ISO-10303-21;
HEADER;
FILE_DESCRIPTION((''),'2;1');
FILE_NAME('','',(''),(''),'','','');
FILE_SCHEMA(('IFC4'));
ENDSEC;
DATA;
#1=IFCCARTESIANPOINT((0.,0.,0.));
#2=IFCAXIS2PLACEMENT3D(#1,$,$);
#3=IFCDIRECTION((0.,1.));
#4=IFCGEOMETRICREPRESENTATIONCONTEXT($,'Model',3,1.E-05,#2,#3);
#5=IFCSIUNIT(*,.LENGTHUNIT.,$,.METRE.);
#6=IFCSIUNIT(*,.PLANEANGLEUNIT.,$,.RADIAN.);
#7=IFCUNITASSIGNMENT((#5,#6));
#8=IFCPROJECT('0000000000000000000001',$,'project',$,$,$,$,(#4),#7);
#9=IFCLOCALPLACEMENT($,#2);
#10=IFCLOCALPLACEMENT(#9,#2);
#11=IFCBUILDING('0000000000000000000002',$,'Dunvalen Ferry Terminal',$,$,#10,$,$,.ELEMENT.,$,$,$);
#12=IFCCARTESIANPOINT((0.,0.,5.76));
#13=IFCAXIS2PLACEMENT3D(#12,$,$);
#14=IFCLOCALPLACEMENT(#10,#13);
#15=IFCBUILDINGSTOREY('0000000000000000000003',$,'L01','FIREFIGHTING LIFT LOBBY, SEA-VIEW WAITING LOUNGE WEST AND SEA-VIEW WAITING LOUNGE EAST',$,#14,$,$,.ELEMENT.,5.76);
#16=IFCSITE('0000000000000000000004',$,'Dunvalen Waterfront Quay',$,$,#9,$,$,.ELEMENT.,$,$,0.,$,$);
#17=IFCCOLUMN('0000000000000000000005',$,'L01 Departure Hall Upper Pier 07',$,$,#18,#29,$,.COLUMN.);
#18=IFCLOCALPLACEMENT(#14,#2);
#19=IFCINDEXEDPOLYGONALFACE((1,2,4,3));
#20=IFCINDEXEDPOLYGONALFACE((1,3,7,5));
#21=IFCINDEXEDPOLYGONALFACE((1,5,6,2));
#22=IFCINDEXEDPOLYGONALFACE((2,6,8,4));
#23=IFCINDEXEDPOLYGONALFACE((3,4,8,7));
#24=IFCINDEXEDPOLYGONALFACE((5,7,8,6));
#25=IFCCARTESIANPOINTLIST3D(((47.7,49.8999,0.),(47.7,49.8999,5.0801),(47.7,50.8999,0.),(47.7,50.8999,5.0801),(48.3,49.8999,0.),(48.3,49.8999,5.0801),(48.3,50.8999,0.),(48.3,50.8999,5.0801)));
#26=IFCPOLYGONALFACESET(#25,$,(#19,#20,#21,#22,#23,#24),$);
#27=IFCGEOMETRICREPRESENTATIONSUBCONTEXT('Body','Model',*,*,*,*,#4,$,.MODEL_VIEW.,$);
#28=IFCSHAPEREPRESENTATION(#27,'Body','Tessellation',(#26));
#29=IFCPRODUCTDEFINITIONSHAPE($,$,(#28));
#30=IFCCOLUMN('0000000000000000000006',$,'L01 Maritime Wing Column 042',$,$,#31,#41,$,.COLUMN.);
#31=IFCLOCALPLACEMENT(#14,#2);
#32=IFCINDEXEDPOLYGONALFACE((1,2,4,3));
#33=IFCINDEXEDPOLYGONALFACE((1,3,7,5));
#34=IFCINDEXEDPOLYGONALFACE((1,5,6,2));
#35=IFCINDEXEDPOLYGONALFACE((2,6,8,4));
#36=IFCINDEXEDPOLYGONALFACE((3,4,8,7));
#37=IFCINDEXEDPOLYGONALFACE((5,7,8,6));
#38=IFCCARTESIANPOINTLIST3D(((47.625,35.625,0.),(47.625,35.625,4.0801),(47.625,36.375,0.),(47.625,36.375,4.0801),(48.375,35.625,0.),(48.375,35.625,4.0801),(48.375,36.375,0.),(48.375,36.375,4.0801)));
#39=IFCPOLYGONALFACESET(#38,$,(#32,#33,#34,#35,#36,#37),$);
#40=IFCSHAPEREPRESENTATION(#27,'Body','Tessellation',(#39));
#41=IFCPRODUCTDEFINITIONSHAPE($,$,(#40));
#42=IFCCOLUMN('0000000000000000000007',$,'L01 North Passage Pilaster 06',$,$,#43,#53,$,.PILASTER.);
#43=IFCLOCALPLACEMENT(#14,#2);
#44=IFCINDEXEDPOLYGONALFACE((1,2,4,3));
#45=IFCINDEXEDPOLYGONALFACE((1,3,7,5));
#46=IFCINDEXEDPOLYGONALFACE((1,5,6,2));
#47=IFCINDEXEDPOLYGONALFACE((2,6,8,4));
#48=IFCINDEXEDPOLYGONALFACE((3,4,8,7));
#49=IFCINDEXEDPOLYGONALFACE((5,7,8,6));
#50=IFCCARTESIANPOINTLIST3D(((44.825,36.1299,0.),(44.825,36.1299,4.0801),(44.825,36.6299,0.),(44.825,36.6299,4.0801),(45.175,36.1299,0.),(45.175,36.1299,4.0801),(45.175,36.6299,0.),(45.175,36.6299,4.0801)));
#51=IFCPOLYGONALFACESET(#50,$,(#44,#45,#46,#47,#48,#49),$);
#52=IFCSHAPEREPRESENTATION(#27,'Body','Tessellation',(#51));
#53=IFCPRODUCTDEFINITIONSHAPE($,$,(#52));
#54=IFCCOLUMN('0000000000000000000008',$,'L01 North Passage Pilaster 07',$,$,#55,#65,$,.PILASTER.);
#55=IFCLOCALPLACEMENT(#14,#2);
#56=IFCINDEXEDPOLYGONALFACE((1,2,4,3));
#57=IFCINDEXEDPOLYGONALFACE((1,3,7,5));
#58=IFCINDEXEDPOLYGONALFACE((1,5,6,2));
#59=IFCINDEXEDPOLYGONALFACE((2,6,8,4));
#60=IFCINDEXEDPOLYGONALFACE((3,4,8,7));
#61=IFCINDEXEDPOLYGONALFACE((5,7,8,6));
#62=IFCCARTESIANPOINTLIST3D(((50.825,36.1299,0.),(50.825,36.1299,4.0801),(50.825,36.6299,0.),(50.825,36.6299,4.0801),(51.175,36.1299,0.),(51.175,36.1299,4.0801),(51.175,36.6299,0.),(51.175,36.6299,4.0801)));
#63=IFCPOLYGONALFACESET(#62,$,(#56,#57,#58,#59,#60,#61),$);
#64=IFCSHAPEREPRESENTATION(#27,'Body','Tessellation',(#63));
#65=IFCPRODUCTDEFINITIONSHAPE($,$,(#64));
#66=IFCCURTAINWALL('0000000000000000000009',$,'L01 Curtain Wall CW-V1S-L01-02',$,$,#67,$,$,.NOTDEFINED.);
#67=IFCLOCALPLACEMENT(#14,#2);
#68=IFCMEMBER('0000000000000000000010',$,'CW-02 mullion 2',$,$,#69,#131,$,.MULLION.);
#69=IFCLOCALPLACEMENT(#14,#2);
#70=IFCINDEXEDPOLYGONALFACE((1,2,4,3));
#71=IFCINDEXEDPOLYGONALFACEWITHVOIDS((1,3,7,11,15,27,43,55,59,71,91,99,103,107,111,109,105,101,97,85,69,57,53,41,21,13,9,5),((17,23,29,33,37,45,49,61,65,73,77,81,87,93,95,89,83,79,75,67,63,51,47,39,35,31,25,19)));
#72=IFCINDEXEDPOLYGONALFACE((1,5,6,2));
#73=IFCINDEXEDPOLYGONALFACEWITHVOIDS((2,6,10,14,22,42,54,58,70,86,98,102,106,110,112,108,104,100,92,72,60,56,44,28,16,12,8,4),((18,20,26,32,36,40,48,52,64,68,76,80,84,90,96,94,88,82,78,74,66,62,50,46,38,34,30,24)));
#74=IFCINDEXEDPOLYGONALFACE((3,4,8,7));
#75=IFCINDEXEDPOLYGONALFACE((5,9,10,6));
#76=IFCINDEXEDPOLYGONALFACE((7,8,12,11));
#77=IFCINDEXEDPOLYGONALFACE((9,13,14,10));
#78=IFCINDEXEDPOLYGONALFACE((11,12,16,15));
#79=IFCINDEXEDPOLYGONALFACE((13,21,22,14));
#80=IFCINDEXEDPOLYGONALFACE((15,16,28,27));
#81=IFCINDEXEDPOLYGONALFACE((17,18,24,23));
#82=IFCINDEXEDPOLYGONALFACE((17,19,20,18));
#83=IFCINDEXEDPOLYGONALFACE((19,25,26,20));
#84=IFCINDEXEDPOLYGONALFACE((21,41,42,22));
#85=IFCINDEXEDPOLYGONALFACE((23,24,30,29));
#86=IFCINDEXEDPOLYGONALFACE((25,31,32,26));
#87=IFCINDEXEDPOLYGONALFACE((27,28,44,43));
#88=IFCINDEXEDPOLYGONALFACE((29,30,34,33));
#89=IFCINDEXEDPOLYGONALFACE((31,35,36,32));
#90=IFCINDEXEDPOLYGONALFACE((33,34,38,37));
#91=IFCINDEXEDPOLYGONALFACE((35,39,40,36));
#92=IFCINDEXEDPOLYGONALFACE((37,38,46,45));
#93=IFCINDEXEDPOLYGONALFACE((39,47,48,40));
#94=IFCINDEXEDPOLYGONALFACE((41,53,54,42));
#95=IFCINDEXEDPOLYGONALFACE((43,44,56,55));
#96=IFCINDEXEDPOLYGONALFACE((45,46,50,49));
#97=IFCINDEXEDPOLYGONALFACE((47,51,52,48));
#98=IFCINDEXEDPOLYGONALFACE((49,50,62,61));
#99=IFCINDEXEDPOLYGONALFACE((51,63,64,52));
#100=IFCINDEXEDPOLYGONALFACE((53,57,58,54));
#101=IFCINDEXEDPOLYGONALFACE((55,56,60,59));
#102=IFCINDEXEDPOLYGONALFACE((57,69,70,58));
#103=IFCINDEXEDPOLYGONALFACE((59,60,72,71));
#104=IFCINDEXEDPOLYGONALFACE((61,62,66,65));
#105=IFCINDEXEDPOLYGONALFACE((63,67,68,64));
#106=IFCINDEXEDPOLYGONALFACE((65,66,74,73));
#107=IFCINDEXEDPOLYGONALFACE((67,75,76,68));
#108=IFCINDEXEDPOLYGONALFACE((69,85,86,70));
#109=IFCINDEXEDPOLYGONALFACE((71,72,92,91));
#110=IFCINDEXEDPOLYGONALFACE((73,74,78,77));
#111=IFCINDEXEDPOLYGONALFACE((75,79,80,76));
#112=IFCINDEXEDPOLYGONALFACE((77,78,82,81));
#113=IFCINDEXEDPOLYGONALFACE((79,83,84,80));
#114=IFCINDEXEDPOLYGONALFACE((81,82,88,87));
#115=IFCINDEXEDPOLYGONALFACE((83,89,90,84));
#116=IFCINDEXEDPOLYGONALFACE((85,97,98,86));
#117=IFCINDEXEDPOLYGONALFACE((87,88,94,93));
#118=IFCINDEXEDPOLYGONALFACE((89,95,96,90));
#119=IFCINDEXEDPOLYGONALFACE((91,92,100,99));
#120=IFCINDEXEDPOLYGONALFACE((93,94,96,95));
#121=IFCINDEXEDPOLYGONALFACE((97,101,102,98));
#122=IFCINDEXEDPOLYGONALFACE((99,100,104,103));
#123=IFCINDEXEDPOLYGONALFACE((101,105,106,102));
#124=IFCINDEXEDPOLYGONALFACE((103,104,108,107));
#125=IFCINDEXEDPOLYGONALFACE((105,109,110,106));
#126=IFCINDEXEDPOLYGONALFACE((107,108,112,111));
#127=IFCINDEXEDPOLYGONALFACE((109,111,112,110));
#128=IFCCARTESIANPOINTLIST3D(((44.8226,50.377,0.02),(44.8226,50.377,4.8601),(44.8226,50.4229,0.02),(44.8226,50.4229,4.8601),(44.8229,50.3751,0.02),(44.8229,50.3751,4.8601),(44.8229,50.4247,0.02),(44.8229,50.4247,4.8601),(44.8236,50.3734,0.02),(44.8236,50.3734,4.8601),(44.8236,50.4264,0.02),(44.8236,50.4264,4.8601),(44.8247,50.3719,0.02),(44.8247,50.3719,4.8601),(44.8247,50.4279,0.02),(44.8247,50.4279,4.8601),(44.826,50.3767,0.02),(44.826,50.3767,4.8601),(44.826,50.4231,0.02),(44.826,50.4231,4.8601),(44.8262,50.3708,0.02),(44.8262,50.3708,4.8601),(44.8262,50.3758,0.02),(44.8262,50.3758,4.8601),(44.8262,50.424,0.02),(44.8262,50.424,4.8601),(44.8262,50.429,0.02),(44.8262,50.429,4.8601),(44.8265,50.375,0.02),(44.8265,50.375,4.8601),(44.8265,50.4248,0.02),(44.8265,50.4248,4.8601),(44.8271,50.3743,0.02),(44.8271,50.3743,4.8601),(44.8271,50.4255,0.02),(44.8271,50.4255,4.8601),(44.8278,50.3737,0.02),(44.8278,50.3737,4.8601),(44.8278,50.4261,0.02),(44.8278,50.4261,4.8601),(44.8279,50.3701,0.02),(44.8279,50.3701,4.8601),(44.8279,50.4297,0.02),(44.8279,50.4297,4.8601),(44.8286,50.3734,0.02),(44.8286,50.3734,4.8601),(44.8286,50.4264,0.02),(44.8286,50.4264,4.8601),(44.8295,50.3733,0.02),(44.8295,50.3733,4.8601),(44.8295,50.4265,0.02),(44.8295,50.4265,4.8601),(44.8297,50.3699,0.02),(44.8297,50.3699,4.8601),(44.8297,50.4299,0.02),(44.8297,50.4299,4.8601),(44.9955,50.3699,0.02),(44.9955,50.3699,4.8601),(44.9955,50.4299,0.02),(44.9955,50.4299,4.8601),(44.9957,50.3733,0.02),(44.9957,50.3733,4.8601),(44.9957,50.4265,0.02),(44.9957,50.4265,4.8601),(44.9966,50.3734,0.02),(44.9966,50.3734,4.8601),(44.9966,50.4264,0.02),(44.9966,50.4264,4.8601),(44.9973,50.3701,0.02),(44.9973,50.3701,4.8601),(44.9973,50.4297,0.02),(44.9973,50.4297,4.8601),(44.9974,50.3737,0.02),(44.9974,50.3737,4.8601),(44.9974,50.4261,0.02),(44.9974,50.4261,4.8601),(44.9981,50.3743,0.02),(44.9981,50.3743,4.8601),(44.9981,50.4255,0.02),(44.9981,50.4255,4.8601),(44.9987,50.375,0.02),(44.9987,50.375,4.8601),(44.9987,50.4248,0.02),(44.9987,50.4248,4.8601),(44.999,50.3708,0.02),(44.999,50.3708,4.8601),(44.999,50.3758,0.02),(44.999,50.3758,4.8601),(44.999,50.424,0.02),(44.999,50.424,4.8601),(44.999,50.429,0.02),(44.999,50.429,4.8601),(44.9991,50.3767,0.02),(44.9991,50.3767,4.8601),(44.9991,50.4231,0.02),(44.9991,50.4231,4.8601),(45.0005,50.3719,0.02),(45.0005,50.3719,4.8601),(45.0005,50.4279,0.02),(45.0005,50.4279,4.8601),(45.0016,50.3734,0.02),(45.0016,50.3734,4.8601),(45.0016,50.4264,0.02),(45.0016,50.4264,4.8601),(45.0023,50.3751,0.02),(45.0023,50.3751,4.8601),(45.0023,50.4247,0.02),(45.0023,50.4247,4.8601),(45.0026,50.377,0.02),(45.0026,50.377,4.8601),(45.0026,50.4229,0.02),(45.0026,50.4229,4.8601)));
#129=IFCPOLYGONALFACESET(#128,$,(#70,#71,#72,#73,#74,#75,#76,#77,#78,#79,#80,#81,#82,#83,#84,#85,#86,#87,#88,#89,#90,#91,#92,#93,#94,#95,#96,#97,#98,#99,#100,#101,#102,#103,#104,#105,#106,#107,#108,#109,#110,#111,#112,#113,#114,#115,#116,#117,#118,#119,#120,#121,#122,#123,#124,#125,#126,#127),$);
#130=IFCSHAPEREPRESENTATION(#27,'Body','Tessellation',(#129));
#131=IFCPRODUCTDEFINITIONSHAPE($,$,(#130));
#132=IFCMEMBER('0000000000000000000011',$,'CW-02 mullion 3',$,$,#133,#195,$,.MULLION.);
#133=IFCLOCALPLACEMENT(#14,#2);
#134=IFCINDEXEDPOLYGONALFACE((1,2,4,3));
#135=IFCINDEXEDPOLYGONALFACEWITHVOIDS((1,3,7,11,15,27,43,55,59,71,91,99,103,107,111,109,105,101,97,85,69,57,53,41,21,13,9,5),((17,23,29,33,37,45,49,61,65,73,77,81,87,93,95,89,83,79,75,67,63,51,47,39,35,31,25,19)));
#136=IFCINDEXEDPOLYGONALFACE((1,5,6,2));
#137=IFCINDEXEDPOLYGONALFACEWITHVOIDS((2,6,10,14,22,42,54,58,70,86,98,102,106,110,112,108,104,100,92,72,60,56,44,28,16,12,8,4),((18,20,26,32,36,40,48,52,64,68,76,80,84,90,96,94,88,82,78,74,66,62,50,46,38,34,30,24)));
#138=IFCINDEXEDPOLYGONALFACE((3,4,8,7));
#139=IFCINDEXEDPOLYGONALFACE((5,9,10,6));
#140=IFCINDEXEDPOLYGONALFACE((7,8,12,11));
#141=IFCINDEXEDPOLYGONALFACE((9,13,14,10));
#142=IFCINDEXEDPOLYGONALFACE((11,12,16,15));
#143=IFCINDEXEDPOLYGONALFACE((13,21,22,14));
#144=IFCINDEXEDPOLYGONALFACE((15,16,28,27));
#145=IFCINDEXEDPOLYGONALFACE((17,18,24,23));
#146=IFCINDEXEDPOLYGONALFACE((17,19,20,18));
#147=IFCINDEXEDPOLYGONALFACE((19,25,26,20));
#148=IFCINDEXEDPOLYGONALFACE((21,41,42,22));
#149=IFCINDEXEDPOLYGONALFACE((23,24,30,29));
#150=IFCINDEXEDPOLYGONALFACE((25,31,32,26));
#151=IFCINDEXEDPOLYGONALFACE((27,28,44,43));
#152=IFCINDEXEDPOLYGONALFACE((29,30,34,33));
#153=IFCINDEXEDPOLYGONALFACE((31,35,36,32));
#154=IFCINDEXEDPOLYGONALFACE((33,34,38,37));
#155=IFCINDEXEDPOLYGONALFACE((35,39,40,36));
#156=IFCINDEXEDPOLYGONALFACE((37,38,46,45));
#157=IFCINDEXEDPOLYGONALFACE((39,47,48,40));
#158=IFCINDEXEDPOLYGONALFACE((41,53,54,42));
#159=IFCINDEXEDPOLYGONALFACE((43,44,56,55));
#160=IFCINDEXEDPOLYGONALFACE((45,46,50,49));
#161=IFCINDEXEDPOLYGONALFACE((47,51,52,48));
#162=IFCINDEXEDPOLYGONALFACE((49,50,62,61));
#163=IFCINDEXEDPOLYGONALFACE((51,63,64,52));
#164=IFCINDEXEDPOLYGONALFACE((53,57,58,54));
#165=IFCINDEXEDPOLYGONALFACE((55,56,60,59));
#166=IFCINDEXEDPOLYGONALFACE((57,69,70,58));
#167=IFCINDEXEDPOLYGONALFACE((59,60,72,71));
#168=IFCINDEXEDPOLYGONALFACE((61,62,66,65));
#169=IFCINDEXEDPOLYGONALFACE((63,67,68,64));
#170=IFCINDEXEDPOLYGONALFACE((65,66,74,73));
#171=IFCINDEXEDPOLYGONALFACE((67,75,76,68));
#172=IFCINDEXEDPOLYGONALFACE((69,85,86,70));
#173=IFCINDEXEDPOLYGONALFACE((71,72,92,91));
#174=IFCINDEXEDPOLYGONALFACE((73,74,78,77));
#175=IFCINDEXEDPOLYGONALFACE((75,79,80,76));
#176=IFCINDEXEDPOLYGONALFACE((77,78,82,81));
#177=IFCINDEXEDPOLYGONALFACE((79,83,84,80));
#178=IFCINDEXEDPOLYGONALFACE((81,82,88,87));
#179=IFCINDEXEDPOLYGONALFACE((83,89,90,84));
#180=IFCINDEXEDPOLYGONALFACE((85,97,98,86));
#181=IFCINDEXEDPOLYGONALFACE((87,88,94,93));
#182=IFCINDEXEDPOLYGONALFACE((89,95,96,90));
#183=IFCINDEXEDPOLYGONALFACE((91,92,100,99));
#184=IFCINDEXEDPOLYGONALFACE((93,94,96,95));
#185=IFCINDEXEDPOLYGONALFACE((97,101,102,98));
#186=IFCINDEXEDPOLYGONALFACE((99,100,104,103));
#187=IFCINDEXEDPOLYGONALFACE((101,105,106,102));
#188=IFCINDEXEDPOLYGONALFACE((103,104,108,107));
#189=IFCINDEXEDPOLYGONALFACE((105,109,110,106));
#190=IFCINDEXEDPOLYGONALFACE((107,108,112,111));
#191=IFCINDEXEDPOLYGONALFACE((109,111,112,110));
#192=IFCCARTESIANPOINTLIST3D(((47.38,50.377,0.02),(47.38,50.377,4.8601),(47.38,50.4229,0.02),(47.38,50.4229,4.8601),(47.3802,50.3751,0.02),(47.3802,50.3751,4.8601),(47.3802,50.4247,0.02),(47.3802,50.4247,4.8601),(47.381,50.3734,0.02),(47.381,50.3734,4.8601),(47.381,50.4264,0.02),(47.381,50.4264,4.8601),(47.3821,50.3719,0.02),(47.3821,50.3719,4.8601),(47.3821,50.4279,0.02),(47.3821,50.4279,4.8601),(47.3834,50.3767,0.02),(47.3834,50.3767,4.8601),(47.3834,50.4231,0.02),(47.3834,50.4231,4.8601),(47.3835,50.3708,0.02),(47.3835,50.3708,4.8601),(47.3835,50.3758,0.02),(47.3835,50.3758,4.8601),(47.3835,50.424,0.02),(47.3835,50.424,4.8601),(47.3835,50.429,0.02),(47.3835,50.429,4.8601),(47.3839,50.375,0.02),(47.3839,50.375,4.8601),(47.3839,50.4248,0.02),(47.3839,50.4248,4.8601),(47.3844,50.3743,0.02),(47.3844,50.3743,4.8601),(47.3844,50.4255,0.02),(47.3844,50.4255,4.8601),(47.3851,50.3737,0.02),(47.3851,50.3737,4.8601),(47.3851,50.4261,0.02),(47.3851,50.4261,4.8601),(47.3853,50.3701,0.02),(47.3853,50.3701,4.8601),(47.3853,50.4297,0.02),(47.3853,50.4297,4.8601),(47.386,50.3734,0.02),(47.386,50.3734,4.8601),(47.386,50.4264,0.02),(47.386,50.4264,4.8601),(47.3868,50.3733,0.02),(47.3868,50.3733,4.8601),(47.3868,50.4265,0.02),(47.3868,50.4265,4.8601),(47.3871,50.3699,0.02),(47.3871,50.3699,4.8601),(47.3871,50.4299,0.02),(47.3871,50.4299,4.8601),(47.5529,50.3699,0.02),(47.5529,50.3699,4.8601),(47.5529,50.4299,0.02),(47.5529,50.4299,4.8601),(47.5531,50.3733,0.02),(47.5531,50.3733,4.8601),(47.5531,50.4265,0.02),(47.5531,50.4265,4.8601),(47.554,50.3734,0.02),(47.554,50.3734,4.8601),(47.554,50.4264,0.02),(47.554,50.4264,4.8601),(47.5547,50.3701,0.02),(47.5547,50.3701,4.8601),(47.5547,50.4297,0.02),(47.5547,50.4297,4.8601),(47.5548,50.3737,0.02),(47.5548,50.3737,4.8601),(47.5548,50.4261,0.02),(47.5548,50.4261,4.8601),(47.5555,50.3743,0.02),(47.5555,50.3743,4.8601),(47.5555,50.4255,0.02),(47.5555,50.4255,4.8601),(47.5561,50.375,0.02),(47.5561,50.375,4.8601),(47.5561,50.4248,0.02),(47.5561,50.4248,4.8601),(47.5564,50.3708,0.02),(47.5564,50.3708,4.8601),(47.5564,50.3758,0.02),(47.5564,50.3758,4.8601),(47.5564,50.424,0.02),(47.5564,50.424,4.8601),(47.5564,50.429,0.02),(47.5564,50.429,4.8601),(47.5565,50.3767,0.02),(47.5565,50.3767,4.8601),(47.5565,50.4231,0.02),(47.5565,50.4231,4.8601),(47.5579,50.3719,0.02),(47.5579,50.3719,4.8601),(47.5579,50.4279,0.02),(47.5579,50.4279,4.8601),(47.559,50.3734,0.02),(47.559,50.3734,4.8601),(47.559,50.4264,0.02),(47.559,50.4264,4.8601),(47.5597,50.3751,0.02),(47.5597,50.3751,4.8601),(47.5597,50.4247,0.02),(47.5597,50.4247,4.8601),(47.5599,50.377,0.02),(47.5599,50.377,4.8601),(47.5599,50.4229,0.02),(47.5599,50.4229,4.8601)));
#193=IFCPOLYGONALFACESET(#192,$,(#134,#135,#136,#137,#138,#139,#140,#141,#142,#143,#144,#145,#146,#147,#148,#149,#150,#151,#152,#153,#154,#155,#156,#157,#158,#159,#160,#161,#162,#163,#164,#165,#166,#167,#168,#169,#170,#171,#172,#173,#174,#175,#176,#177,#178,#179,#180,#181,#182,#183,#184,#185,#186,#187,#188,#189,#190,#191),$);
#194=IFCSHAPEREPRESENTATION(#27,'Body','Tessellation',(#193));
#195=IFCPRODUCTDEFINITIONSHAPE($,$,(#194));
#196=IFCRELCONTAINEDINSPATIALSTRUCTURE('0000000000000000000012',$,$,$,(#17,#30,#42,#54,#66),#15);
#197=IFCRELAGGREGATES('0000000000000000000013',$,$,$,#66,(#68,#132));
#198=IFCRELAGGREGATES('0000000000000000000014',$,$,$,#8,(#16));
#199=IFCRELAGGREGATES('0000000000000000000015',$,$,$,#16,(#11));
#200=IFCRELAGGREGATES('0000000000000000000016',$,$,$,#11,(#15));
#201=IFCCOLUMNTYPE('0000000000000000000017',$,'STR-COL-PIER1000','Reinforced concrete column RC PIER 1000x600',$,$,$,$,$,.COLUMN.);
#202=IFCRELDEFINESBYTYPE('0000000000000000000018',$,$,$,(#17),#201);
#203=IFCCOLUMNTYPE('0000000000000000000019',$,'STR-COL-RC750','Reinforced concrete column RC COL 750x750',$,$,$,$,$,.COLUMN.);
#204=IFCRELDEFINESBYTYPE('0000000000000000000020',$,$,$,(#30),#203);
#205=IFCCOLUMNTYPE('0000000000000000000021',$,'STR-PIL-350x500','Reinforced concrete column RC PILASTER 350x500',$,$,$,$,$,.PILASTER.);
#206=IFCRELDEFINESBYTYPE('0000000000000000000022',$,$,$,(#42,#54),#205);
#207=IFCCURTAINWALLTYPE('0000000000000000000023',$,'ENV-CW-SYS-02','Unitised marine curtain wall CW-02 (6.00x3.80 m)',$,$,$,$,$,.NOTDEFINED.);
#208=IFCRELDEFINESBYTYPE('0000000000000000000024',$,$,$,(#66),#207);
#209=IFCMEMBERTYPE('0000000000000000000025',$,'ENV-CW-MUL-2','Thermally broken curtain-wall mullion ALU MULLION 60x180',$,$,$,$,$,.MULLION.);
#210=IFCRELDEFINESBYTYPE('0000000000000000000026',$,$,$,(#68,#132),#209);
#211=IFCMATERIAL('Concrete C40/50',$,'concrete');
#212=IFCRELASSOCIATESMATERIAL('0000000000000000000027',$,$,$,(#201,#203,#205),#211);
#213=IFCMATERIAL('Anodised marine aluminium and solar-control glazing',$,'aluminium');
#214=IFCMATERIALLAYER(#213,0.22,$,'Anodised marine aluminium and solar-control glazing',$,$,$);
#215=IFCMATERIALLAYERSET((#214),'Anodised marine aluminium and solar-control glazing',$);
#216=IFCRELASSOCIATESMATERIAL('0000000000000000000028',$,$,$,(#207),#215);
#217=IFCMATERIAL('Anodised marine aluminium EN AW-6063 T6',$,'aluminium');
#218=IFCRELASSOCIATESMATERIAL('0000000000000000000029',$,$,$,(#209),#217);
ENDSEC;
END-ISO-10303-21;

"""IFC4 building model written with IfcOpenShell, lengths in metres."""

from ifc_helpers import new_model, si_unit, direction, frame, origin, origin_2d, place, context, subcontext, project, spatial, rectangle, hollow_rectangle, extrude, material, layer, layer_set, material_profile, profile_set, type_object, element, aggregate, save


model = new_model("IFC4")

# Units and contexts
model_context = context("Model", 3, precision=1e-05, world=origin(), true_north=direction((0.0, 1.0)))
body_context = subcontext(model_context, "Body", "Model", "MODEL_VIEW")
ifc_project = project(units=[si_unit("LENGTHUNIT", "METRE"), si_unit("PLANEANGLEUNIT", "RADIAN")], contexts=[model_context])

# Site, building, storey
site_placement = place(None, origin())
site = spatial("IfcSite", under=ifc_project, at=site_placement, Name="Dunvalen Waterfront Quay", CompositionType="ELEMENT", RefElevation=0.0)
building_placement = place(site_placement, origin())
building = spatial("IfcBuilding", under=site, at=building_placement, Name="Dunvalen Ferry Terminal", CompositionType="ELEMENT")
storey_placement = place(building_placement, frame((0.0, 0.0, 5.76)))
storey = spatial("IfcBuildingStorey", under=building, at=storey_placement, Name="L01", Description="FIREFIGHTING LIFT LOBBY, SEA-VIEW WAITING LOUNGE WEST AND SEA-VIEW WAITING LOUNGE EAST", CompositionType="ELEMENT", Elevation=5.76)

# Columns
ifc_material_1 = material(Name="Concrete C40/50", Category="concrete")
ifc_material_profile_1 = material_profile(ifc_material_1, rectangle(XDim=0.6001, YDim=1.0, at=origin_2d()), Name="Concrete C40/50")
ifc_profile_set_1 = profile_set([ifc_material_profile_1], Name="Concrete C40/50")
column_type_1 = type_object("IfcColumnType", Name="STR-COL-PIER1000", Description="Reinforced concrete column RC PIER 1000x600", PredefinedType="COLUMN", material=ifc_profile_set_1)
column_1_placement = place(storey_placement, frame((48.0, 50.3999, 0.0), z_axis=(0.0, 0.0, 1.0), x_axis=(1.0, 0.0, 0.0)))
element("IfcColumn", 1, at=column_1_placement, inside=storey, type_object=column_type_1, Name="L01 Departure Hall Upper Pier 07", PredefinedType="COLUMN", context=body_context, shape_type="SweptSolid", body=[
    extrude(rectangle(XDim=0.6001, YDim=1.0, at=origin_2d()), origin(), (0.0, 0.0, 1.0), 5.0801),
])
ifc_material_profile_2 = material_profile(ifc_material_1, rectangle(XDim=0.75, YDim=0.75, at=origin_2d()), Name="Concrete C40/50")
ifc_profile_set_2 = profile_set([ifc_material_profile_2], Name="Concrete C40/50")
column_type_2 = type_object("IfcColumnType", Name="STR-COL-RC750", Description="Reinforced concrete column RC COL 750x750", PredefinedType="COLUMN", material=ifc_profile_set_2)
column_2_placement = place(storey_placement, frame((48.0, 36.0, 0.0), z_axis=(0.0, 0.0, 1.0), x_axis=(1.0, 0.0, 0.0)))
element("IfcColumn", 2, at=column_2_placement, inside=storey, type_object=column_type_2, Name="L01 Maritime Wing Column 042", PredefinedType="COLUMN", context=body_context, shape_type="SweptSolid", body=[
    extrude(rectangle(XDim=0.75, YDim=0.75, at=origin_2d()), origin(), (0.0, 0.0, 1.0), 4.0801),
])
ifc_material_profile_3 = material_profile(ifc_material_1, rectangle(XDim=0.3501, YDim=0.5, at=origin_2d()), Name="Concrete C40/50")
ifc_profile_set_3 = profile_set([ifc_material_profile_3], Name="Concrete C40/50")
column_type_3 = type_object("IfcColumnType", Name="STR-PIL-350x500", Description="Reinforced concrete column RC PILASTER 350x500", PredefinedType="PILASTER", material=ifc_profile_set_3)
for number, where, z_axis, x_axis, name in (
    (3, (45.0, 36.3799, 0.0), (0.0, 0.0, 1.0), (1.0, 0.0, 0.0), "L01 North Passage Pilaster 06"),
    (4, (51.0, 36.3799, 0.0), (0.0, 0.0, 1.0), (1.0, 0.0, 0.0), "L01 North Passage Pilaster 07"),
):
    element("IfcColumn", number, at=place(storey_placement, frame(where, z_axis=z_axis, x_axis=x_axis)), inside=storey, type_object=column_type_3, Name=name, PredefinedType="PILASTER", context=body_context, shape_type="SweptSolid", body=[
        extrude(rectangle(XDim=0.3501, YDim=0.5, at=origin_2d()), origin(), (0.0, 0.0, 1.0), 4.0801),
    ])

# Curtain wall, members
ifc_material_2 = material(Name="Anodised marine aluminium and solar-control glazing", Category="aluminium")
ifc_layer_1 = layer(ifc_material_2, 0.22, Name="Anodised marine aluminium and solar-control glazing")
ifc_layer_set_1 = layer_set([ifc_layer_1], Name="Anodised marine aluminium and solar-control glazing")
curtain_wall_type_1 = type_object("IfcCurtainWallType", Name="ENV-CW-SYS-02", Description="Unitised marine curtain wall CW-02 (6.00x3.80 m)", PredefinedType="NOTDEFINED", material=ifc_layer_set_1)
curtain_wall_1_placement = place(storey_placement, origin())
curtain_wall_1 = element("IfcCurtainWall", 5, at=curtain_wall_1_placement, inside=storey, type_object=curtain_wall_type_1, Name="L01 Curtain Wall CW-V1S-L01-02", PredefinedType="NOTDEFINED")
ifc_material_3 = material(Name="Anodised marine aluminium EN AW-6063 T6", Category="aluminium")
ifc_material_profile_4 = material_profile(ifc_material_3, hollow_rectangle(XDim=0.0601, YDim=0.1799, WallThickness=0.0034, InnerFilletRadius=0.0034, OuterFilletRadius=0.0071, at=origin_2d()), Name="Anodised marine aluminium EN AW-6063 T6")
ifc_profile_set_4 = profile_set([ifc_material_profile_4], Name="Anodised marine aluminium EN AW-6063 T6")
member_type_1 = type_object("IfcMemberType", Name="ENV-CW-MUL-2", Description="Thermally broken curtain-wall mullion ALU MULLION 60x180", PredefinedType="MULLION", material=ifc_profile_set_4)
member_1_placement = place(storey_placement, frame((44.9126, 50.3999, 0.02), z_axis=(0.0, 0.0, 1.0), x_axis=(0.0, 1.0, 0.0)))
member_1 = element("IfcMember", 6, at=member_1_placement, type_object=member_type_1, Name="CW-02 mullion 2", PredefinedType="MULLION", context=body_context, shape_type="SweptSolid", body=[
    extrude(hollow_rectangle(XDim=0.0601, YDim=0.1799, WallThickness=0.0034, InnerFilletRadius=0.0034, OuterFilletRadius=0.0071, at=origin_2d()), origin(), (0.0, 0.0, 1.0), 4.8401),
])
member_2_placement = place(storey_placement, frame((47.47, 50.3999, 0.02), z_axis=(0.0, 0.0, 1.0), x_axis=(0.0, 1.0, 0.0)))
member_2 = element("IfcMember", 7, at=member_2_placement, type_object=member_type_1, Name="CW-02 mullion 3", PredefinedType="MULLION", context=body_context, shape_type="SweptSolid", body=[
    extrude(hollow_rectangle(XDim=0.0601, YDim=0.1799, WallThickness=0.0034, InnerFilletRadius=0.0034, OuterFilletRadius=0.0071, at=origin_2d()), origin(), (0.0, 0.0, 1.0), 4.8401),
])

aggregate(curtain_wall_1, [member_1, member_2])

save(model, "model.ifc")
